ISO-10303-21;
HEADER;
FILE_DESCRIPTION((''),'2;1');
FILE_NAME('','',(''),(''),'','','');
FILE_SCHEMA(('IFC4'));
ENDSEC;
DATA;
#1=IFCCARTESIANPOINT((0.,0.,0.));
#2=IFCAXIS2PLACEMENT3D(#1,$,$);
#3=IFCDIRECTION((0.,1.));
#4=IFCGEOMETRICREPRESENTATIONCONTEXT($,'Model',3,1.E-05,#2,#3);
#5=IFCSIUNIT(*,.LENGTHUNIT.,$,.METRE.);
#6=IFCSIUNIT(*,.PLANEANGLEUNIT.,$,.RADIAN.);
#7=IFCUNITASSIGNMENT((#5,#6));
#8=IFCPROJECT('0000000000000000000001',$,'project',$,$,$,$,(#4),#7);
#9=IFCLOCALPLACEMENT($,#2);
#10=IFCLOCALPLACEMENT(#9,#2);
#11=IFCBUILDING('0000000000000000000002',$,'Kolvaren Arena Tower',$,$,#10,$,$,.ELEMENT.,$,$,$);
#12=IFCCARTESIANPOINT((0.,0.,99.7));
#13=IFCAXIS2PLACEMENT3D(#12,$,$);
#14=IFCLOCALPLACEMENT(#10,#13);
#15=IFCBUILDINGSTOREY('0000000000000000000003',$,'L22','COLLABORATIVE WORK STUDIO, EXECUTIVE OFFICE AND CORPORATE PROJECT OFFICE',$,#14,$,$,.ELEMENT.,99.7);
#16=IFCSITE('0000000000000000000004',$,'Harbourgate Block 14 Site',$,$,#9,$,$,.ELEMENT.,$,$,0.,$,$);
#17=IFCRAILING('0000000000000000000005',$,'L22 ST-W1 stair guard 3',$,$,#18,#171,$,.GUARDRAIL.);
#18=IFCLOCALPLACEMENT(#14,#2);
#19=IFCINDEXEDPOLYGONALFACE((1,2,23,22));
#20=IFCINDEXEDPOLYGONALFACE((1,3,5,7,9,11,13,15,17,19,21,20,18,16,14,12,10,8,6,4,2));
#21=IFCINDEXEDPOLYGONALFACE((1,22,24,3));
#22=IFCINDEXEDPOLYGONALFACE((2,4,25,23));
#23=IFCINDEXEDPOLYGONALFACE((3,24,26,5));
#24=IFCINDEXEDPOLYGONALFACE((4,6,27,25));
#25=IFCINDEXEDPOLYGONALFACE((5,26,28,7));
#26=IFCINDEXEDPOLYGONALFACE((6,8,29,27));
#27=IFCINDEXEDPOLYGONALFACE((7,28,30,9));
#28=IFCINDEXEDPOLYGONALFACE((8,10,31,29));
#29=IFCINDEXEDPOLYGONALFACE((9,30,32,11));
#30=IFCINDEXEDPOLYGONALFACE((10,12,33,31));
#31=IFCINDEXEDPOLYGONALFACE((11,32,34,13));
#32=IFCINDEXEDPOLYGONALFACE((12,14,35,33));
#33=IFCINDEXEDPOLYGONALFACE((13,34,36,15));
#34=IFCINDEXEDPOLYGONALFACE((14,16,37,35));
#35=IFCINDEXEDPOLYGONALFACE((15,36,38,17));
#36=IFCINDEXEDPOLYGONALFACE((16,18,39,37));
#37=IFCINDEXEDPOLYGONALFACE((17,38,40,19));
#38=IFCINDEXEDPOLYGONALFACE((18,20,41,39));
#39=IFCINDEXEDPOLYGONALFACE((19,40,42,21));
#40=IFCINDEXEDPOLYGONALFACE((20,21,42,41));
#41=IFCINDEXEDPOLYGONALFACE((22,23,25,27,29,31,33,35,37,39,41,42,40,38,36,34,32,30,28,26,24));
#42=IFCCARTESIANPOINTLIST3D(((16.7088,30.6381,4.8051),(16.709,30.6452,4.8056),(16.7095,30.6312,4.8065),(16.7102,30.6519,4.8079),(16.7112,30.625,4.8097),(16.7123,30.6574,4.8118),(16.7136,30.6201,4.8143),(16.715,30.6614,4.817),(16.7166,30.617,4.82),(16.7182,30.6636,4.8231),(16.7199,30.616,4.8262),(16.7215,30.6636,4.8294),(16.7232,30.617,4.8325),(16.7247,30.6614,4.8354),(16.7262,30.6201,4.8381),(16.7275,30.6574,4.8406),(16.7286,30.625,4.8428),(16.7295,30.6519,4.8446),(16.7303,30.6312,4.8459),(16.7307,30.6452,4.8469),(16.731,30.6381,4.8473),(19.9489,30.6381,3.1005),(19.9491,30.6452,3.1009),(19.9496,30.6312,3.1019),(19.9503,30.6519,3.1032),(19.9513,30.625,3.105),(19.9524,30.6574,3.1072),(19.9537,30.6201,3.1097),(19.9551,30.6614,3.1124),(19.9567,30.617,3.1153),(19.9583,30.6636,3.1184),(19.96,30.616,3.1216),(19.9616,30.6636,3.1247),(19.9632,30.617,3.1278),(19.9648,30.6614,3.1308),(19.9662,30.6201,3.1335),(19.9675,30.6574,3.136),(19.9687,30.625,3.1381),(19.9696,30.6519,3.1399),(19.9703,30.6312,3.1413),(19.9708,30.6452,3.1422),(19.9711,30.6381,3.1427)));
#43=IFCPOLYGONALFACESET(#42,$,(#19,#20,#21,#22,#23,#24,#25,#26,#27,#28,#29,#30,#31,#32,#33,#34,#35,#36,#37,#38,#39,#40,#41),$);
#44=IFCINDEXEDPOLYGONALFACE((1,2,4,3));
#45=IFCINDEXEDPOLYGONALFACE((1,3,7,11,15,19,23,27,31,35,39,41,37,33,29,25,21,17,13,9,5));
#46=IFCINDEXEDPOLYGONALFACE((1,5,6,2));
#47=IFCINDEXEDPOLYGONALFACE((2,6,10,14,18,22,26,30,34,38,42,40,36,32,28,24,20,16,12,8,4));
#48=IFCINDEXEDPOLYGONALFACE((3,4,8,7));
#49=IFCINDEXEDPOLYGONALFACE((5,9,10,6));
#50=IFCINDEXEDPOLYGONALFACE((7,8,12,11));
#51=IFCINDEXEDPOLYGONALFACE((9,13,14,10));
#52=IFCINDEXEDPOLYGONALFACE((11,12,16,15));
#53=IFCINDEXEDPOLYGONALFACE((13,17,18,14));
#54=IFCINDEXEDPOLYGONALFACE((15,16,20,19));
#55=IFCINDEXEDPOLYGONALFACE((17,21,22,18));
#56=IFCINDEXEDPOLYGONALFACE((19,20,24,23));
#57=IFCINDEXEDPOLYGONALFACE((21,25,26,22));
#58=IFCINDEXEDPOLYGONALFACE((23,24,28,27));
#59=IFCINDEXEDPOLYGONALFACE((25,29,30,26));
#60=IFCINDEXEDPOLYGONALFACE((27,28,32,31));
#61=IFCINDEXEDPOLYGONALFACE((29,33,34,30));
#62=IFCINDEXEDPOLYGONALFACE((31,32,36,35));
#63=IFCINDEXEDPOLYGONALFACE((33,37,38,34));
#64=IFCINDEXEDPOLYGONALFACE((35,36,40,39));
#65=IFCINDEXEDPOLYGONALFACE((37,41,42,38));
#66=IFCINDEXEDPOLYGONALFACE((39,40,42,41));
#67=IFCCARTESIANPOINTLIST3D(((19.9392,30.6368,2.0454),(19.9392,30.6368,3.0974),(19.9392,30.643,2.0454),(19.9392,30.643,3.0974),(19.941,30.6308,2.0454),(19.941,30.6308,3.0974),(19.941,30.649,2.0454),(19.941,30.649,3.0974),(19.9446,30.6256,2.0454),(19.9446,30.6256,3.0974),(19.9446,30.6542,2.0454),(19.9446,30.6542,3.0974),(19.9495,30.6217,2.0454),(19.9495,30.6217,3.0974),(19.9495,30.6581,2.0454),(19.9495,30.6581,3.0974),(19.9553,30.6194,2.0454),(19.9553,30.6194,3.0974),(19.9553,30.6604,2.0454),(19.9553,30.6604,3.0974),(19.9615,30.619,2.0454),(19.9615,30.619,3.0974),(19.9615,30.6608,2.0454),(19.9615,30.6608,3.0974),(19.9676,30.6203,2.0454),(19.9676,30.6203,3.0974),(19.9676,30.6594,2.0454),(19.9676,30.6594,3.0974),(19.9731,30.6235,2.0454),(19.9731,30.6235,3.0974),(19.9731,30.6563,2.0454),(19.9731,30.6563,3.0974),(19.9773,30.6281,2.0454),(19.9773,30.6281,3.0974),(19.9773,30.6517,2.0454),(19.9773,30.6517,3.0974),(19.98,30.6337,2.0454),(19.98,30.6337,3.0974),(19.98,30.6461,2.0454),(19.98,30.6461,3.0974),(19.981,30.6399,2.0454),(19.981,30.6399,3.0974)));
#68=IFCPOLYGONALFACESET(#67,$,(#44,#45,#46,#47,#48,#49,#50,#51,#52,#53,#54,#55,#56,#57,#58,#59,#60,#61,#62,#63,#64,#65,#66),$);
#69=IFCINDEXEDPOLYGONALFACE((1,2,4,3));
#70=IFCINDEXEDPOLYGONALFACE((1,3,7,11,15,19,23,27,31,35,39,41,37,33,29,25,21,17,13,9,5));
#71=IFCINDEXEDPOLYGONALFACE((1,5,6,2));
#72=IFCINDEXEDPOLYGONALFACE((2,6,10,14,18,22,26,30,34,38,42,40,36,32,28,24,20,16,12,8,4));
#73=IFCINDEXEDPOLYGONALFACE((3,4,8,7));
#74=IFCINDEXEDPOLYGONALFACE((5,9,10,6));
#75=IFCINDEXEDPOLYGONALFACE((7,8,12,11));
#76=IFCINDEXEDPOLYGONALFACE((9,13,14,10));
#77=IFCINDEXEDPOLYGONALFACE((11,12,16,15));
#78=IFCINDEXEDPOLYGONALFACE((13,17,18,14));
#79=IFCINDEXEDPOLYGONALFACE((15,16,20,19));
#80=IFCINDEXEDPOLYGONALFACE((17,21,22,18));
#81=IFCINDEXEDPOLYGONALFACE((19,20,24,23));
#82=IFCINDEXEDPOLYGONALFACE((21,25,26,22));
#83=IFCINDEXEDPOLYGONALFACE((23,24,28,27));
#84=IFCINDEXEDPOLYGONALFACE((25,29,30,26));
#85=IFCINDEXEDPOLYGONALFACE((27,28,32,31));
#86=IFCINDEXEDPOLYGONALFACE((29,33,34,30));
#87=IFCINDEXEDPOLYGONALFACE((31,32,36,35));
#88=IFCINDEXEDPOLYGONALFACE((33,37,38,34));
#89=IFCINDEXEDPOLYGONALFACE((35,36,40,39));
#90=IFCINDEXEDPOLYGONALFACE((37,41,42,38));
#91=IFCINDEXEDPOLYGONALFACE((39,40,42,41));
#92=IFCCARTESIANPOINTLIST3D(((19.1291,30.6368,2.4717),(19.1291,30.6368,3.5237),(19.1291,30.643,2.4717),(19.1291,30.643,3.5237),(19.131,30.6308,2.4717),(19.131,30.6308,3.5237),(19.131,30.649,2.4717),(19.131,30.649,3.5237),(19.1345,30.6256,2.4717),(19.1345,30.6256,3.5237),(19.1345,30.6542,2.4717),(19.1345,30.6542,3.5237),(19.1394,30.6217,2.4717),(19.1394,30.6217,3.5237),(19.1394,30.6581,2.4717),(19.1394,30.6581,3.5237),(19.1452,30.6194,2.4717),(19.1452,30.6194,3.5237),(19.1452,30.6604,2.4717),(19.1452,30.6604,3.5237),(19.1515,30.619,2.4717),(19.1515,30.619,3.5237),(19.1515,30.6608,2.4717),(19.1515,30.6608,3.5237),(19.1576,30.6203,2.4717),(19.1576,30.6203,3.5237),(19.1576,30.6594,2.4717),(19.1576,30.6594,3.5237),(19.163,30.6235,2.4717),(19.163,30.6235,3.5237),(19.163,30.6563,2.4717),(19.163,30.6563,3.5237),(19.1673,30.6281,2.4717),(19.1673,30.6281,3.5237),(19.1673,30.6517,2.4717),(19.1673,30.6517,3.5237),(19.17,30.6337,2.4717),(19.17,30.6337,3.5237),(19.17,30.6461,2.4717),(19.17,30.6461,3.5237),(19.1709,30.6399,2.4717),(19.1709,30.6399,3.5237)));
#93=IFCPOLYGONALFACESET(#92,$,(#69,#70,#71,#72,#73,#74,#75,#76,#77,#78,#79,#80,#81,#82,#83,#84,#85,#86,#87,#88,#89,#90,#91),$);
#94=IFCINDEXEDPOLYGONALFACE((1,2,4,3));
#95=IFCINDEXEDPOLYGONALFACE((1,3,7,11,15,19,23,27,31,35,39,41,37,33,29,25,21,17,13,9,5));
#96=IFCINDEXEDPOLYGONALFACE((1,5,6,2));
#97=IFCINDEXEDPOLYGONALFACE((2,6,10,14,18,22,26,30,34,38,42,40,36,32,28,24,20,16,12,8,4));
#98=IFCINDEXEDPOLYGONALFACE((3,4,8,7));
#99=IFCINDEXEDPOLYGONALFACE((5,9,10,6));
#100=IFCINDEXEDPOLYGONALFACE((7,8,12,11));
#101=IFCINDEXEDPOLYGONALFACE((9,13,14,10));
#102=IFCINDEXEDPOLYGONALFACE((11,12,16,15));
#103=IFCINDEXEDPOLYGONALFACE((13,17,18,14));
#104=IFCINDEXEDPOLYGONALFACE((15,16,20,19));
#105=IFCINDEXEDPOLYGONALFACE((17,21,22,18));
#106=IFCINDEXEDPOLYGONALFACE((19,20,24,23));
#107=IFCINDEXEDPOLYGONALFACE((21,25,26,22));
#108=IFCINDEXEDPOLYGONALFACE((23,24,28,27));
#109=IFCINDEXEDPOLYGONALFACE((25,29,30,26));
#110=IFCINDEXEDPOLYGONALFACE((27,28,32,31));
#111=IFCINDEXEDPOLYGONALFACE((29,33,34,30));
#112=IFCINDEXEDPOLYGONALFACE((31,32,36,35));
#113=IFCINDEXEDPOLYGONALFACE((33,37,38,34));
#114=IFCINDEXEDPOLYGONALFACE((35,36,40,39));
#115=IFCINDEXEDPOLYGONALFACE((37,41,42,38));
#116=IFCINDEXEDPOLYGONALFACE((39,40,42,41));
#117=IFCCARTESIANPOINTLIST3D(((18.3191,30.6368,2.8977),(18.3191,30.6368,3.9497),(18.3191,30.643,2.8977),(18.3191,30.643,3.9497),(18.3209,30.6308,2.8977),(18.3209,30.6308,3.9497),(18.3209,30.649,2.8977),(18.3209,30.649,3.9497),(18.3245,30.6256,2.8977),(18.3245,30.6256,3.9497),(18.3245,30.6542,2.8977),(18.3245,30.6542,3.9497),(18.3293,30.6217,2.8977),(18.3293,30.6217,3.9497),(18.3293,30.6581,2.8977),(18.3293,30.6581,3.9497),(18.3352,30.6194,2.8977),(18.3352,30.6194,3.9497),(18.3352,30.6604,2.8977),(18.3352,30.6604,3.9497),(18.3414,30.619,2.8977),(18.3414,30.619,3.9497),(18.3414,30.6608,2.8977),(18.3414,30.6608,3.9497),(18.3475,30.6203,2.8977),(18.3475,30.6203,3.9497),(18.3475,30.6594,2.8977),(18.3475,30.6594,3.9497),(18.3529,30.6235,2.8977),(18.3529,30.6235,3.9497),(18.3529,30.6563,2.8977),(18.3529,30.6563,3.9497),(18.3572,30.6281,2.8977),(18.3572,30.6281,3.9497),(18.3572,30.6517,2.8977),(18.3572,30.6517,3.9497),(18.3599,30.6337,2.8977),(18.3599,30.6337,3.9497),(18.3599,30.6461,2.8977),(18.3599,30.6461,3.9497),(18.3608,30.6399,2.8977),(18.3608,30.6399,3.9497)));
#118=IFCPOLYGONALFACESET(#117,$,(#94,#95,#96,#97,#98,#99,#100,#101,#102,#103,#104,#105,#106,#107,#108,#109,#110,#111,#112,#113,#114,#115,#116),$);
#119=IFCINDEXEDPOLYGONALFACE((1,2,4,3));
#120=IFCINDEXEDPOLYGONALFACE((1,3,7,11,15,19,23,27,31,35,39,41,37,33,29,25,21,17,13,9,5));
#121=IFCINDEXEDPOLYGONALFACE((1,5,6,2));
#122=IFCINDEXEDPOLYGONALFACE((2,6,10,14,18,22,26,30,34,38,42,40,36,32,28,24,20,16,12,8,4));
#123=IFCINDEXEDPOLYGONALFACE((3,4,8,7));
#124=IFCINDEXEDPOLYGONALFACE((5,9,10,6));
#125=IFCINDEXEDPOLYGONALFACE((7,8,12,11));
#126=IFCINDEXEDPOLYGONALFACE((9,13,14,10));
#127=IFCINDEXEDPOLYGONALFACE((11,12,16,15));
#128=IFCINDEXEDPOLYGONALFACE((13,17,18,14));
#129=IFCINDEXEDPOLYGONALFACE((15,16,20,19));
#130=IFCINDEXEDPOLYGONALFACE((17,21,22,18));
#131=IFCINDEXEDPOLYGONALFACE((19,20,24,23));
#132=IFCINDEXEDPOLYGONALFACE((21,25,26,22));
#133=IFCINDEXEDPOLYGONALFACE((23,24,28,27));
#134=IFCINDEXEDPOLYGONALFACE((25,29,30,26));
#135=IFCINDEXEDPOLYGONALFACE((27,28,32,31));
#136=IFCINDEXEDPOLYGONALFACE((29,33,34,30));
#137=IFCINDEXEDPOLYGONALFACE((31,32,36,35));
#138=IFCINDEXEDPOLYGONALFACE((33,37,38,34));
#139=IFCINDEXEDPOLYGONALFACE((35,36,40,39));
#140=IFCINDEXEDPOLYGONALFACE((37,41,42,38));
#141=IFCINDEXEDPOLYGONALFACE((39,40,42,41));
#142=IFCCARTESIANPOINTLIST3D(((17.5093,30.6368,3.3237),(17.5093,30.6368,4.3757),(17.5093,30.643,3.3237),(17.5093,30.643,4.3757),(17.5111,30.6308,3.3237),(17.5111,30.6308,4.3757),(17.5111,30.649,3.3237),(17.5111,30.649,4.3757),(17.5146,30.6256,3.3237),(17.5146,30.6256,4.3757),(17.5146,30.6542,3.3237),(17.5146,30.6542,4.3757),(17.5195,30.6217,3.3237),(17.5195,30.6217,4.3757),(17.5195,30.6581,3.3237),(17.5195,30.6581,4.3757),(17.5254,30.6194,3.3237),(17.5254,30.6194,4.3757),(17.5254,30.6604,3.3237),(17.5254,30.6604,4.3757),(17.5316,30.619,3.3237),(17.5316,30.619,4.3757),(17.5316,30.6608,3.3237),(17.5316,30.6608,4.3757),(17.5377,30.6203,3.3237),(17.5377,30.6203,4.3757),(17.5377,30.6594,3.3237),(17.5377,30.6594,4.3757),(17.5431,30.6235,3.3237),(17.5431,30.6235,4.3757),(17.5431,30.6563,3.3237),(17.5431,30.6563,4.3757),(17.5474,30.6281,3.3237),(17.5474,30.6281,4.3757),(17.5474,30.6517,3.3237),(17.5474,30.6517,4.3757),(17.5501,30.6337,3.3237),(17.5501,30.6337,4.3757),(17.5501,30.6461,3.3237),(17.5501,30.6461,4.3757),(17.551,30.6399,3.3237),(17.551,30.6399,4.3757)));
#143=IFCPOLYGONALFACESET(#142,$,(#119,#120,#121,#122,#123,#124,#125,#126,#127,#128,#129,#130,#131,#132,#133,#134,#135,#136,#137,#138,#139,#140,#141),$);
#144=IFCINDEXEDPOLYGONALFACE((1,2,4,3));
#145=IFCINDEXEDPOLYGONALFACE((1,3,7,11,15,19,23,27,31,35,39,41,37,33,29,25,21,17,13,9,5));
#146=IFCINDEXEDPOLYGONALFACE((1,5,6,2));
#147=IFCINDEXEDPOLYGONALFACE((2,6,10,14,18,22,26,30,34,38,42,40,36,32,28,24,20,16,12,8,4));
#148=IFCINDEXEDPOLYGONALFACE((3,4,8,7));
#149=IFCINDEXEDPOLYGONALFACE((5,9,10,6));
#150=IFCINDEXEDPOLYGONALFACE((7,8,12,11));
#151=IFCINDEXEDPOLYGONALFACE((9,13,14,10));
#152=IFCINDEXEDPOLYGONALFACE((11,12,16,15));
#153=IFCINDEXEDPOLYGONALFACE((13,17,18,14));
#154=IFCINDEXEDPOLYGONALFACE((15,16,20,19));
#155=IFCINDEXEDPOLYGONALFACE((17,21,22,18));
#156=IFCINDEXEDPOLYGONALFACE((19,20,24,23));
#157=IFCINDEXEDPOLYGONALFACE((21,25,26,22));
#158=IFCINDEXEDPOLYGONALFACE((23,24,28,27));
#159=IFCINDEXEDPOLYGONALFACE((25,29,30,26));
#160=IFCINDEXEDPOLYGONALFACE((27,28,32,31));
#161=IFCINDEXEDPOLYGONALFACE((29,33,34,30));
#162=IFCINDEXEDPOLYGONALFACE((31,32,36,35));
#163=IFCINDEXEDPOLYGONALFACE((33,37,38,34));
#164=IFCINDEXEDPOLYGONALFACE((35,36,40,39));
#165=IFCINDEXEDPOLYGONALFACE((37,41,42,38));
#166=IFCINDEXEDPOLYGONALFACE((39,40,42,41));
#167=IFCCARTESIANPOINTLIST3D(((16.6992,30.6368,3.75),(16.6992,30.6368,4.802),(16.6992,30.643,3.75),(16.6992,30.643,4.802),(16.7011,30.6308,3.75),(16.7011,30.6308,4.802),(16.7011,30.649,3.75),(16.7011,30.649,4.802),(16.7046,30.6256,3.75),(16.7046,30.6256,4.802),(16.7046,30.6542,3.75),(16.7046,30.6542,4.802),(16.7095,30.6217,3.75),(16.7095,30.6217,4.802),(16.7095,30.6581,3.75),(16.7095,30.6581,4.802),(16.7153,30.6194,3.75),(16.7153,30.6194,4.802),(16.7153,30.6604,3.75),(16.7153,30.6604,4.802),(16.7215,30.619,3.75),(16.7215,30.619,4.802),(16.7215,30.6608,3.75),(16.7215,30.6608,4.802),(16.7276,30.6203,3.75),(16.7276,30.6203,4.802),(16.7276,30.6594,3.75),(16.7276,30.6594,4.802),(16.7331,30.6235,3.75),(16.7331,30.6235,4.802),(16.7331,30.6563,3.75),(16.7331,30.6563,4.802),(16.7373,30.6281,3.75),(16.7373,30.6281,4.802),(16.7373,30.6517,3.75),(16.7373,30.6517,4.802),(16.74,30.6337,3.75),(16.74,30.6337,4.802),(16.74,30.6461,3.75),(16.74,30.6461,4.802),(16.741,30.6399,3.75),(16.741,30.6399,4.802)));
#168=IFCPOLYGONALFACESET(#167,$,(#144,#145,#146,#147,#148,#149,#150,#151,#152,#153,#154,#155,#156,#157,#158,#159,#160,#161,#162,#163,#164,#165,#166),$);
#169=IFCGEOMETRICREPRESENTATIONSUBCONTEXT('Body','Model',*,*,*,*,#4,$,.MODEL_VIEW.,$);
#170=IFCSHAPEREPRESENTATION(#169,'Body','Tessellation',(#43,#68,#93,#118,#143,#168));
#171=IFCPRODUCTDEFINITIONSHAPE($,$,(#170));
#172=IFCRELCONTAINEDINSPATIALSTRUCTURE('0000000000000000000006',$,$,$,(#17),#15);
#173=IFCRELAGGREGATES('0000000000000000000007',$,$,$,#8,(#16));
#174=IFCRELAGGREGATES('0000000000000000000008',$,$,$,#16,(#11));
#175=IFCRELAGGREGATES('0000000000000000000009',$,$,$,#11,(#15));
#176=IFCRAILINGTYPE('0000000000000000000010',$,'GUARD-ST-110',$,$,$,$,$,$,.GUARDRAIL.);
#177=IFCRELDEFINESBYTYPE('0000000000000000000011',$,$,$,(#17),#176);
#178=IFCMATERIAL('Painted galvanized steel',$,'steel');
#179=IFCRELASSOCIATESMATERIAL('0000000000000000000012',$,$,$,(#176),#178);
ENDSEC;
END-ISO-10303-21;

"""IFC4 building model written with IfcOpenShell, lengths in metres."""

from ifc_helpers import new_model, si_unit, direction, frame, origin, origin_2d, place, context, subcontext, project, spatial, circle, extrude, material, type_object, element, save


model = new_model("IFC4")

# Units and contexts
model_context = context("Model", 3, precision=1e-05, world=origin(), true_north=direction((0.0, 1.0)))
body_context = subcontext(model_context, "Body", "Model", "MODEL_VIEW")
ifc_project = project(units=[si_unit("LENGTHUNIT", "METRE"), si_unit("PLANEANGLEUNIT", "RADIAN")], contexts=[model_context])

# Site, building, storey
site_placement = place(None, origin())
site = spatial("IfcSite", under=ifc_project, at=site_placement, Name="Harbourgate Block 14 Site", CompositionType="ELEMENT", RefElevation=0.0)
building_placement = place(site_placement, origin())
building = spatial("IfcBuilding", under=site, at=building_placement, Name="Kolvaren Arena Tower", CompositionType="ELEMENT")
storey_placement = place(building_placement, frame((0.0, 0.0, 99.7)))
storey = spatial("IfcBuildingStorey", under=building, at=storey_placement, Name="L22", Description="COLLABORATIVE WORK STUDIO, EXECUTIVE OFFICE AND CORPORATE PROJECT OFFICE", CompositionType="ELEMENT", Elevation=99.7)

# Railing
ifc_material_1 = material(Name="Painted galvanized steel", Category="steel")
railing_type_1 = type_object("IfcRailingType", Name="GUARD-ST-110", PredefinedType="GUARDRAIL", material=ifc_material_1)
railing_1_placement = place(storey_placement, frame((19.96, 30.6399, 2.0454)))
element("IfcRailing", 1, at=railing_1_placement, inside=storey, type_object=railing_type_1, Name="L22 ST-W1 stair guard 3", PredefinedType="GUARDRAIL", context=body_context, shape_type="SweptSolid", body=[
    extrude(circle(Radius=0.0239, at=origin_2d()), frame((0.0, 0.0, 1.0762), z_axis=(-0.884993, 0.0, 0.465604), x_axis=(0.0, -1.0, 0.0)), (0.0, 0.0, 1.0), 3.6611),
    extrude(circle(Radius=0.021, at=origin_2d()), origin(), (0.0, 0.0, 1.0), 1.052),
    extrude(circle(Radius=0.021, at=origin_2d()), frame((-0.8101, 0.0, 0.4263)), (0.0, 0.0, 1.0), 1.052),
    extrude(circle(Radius=0.021, at=origin_2d()), frame((-1.6201, 0.0, 0.8523)), (0.0, 0.0, 1.0), 1.052),
    extrude(circle(Radius=0.021, at=origin_2d()), frame((-2.4299, 0.0, 1.2783)), (0.0, 0.0, 1.0), 1.052),
    extrude(circle(Radius=0.021, at=origin_2d()), frame((-3.24, 0.0, 1.7046)), (0.0, 0.0, 1.0), 1.052),
])

save(model, "model.ifc")
